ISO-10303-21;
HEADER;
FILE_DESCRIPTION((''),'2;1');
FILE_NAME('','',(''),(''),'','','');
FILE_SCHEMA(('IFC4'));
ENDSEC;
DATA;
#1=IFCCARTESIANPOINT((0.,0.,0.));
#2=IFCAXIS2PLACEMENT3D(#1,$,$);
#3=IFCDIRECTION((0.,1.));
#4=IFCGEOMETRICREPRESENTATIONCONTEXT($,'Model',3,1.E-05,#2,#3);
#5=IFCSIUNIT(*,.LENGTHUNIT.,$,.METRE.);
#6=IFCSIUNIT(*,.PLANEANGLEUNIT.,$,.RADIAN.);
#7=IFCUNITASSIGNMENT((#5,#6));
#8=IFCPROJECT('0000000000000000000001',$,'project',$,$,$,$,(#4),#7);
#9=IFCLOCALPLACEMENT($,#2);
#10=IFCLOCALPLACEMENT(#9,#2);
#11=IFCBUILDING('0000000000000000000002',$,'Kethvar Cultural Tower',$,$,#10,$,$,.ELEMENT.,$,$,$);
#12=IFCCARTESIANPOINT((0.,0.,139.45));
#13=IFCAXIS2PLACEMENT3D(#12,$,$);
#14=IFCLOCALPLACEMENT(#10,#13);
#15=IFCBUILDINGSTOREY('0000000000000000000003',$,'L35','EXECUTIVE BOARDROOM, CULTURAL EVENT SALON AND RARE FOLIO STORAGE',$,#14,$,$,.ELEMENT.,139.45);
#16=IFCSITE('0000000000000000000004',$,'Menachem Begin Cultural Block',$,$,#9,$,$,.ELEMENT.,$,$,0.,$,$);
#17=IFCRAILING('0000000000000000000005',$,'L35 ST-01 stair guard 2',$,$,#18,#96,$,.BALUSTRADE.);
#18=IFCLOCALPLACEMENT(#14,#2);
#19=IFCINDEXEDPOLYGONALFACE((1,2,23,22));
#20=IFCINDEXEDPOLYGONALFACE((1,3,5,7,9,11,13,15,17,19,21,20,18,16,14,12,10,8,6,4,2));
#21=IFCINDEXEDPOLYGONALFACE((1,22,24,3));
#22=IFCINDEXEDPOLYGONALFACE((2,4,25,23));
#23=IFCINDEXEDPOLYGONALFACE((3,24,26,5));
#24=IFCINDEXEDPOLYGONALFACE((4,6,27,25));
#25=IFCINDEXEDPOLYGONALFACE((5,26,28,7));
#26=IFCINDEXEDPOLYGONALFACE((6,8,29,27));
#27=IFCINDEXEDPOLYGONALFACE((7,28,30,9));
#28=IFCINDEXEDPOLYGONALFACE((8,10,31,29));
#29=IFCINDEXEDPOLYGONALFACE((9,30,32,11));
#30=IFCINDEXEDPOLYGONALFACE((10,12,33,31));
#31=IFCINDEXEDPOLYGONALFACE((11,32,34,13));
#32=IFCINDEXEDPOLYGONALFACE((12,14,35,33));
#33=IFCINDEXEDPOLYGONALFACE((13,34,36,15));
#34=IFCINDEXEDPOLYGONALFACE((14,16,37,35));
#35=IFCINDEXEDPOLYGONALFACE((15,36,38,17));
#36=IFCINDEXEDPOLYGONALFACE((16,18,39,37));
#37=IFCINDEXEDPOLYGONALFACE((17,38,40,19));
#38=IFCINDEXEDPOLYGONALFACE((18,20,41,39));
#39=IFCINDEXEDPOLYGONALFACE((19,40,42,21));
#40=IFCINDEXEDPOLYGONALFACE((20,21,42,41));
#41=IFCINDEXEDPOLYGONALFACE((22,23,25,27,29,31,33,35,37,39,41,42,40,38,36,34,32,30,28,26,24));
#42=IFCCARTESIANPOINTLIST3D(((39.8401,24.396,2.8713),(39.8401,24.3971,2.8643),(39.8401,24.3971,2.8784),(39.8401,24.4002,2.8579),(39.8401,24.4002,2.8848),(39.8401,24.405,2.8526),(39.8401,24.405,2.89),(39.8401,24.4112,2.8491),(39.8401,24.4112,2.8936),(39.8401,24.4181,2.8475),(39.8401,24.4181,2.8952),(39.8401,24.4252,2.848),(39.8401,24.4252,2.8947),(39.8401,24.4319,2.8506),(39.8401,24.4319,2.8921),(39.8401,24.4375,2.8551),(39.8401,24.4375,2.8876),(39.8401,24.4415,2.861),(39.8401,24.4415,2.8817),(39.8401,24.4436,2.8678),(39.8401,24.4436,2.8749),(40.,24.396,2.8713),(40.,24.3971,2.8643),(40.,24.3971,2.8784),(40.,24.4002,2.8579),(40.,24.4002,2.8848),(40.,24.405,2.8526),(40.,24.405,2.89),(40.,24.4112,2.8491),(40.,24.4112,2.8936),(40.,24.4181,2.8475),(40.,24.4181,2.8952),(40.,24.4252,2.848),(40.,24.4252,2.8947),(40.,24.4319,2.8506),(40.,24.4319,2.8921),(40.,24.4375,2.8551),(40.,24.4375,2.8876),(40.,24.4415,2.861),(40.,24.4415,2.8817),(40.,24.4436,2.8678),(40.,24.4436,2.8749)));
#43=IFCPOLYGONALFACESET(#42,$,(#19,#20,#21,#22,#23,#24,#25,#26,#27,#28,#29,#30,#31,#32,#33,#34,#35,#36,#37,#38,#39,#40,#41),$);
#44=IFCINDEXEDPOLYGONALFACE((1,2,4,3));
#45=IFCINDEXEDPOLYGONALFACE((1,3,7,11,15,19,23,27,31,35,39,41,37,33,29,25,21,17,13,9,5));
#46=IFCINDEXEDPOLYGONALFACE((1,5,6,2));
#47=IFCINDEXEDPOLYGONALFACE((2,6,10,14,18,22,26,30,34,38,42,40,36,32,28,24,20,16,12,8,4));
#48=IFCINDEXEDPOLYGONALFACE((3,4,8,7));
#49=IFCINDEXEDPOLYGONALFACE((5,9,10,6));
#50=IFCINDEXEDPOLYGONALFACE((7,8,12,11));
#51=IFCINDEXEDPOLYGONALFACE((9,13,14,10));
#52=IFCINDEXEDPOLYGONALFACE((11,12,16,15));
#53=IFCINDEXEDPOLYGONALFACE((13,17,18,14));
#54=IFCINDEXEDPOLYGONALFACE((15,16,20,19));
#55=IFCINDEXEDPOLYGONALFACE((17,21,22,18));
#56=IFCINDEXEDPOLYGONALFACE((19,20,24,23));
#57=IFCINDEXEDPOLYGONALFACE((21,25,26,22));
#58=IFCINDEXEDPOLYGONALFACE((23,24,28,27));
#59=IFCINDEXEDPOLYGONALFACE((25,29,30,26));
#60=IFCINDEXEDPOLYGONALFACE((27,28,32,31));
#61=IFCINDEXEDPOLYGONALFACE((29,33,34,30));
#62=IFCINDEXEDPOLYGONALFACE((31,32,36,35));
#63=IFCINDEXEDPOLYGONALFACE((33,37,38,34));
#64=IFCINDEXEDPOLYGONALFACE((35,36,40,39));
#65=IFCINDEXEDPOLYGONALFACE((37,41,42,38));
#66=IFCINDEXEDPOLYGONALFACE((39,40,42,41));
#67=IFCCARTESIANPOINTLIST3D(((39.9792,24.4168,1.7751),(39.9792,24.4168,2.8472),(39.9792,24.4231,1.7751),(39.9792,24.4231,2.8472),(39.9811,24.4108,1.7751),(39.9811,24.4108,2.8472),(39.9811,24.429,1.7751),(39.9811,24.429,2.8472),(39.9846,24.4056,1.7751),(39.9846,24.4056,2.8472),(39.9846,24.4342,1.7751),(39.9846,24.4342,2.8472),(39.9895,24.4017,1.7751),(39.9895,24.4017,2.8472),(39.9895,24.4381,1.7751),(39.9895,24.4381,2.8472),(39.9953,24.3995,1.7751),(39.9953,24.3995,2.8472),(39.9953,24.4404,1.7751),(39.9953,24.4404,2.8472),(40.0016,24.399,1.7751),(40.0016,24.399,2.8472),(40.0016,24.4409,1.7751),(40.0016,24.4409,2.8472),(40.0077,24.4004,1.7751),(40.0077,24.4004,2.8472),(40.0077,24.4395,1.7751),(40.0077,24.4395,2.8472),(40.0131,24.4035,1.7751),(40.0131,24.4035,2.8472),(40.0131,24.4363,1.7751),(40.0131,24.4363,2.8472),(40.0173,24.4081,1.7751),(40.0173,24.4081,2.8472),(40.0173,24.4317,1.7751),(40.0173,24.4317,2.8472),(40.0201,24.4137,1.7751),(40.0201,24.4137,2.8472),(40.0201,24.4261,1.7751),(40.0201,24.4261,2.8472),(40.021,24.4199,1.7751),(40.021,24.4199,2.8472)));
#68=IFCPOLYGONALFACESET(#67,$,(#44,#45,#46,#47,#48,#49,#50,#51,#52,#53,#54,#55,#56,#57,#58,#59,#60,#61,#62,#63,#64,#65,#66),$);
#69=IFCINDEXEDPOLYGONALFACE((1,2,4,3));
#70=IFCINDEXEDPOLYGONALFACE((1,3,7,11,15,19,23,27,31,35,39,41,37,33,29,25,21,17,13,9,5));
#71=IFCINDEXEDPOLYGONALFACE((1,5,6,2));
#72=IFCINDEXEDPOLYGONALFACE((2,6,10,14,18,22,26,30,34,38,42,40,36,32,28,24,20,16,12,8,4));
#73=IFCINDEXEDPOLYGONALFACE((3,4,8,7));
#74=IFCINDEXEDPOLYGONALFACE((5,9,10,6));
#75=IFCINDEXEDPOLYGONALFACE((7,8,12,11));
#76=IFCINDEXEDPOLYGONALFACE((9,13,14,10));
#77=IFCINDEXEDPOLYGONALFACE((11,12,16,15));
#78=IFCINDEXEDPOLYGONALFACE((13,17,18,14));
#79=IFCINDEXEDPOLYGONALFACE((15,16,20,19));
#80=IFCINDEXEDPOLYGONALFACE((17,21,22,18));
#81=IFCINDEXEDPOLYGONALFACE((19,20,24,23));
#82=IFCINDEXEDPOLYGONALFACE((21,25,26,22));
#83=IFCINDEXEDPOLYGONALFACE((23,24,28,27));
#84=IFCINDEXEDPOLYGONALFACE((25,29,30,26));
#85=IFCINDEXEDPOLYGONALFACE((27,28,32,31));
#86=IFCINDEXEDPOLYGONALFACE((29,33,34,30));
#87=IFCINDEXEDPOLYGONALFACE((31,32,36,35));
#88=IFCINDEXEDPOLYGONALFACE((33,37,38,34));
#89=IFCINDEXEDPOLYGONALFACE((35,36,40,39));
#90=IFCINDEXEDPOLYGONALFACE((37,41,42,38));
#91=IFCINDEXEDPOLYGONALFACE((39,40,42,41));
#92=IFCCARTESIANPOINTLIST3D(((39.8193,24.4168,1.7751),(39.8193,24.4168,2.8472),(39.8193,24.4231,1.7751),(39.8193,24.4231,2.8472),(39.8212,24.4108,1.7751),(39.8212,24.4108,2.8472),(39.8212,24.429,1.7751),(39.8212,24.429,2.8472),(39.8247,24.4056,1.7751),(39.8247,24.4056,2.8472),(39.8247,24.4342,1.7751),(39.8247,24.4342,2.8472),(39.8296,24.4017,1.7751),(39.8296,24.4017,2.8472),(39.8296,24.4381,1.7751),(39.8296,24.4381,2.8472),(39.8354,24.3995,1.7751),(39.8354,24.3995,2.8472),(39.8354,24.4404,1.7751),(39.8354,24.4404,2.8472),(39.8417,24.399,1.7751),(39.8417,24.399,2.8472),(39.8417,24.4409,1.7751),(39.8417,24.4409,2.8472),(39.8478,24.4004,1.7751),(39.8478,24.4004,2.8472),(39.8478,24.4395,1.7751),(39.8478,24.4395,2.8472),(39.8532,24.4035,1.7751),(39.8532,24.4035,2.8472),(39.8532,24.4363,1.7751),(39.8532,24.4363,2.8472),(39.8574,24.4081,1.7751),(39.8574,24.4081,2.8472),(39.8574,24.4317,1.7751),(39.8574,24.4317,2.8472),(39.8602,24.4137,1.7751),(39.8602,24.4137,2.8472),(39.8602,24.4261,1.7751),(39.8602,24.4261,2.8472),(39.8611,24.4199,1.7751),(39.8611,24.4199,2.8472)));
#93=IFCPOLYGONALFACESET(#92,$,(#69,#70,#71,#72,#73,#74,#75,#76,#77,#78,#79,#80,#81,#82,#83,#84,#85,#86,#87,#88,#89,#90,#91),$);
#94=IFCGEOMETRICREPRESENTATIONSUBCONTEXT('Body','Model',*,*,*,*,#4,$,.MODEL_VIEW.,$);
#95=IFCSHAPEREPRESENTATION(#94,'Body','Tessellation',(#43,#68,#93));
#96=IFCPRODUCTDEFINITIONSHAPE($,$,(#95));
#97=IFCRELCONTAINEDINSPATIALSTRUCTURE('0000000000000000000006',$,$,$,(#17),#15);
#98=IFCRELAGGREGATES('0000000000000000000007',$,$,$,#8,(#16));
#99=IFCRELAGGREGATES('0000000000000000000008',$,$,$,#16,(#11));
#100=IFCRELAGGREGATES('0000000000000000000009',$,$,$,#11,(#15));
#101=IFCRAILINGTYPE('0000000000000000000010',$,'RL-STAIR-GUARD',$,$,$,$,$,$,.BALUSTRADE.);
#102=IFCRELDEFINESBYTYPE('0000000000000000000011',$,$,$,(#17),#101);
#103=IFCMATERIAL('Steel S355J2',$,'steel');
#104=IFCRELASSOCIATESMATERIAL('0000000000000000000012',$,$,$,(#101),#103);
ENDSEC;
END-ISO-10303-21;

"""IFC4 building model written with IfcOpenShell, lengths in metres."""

from ifc_helpers import new_model, si_unit, direction, frame, origin, origin_2d, place, context, subcontext, project, spatial, circle, extrude, material, type_object, element, save


model = new_model("IFC4")

# Units and contexts
model_context = context("Model", 3, precision=1e-05, world=origin(), true_north=direction((0.0, 1.0)))
body_context = subcontext(model_context, "Body", "Model", "MODEL_VIEW")
ifc_project = project(units=[si_unit("LENGTHUNIT", "METRE"), si_unit("PLANEANGLEUNIT", "RADIAN")], contexts=[model_context])

# Site, building, storey
site_placement = place(None, origin())
site = spatial("IfcSite", under=ifc_project, at=site_placement, Name="Menachem Begin Cultural Block", CompositionType="ELEMENT", RefElevation=0.0)
building_placement = place(site_placement, origin())
building = spatial("IfcBuilding", under=site, at=building_placement, Name="Kethvar Cultural Tower", CompositionType="ELEMENT")
storey_placement = place(building_placement, frame((0.0, 0.0, 139.45)))
storey = spatial("IfcBuildingStorey", under=building, at=storey_placement, Name="L35", Description="EXECUTIVE BOARDROOM, CULTURAL EVENT SALON AND RARE FOLIO STORAGE", CompositionType="ELEMENT", Elevation=139.45)

# Shared definitions
ifc_material_1 = material(Name="Steel S355J2", Category="steel")

# Railing
railing_type_1 = type_object("IfcRailingType", Name="RL-STAIR-GUARD", PredefinedType="BALUSTRADE", material=ifc_material_1)
railing_1_placement = place(storey_placement, frame((40.0, 24.4199, 1.7751)))
element("IfcRailing", 1, at=railing_1_placement, inside=storey, type_object=railing_type_1, Name="L35 ST-01 stair guard 2", PredefinedType="BALUSTRADE", context=body_context, shape_type="SweptSolid", body=[
    extrude(circle(Radius=0.0239, at=origin_2d()), frame((0.0, 0.0, 1.0962), z_axis=(-1.0, 0.0, 0.0), x_axis=(0.0, -1.0, 0.0)), (0.0, 0.0, 1.0), 0.1599),
    extrude(circle(Radius=0.021, at=origin_2d()), origin(), (0.0, 0.0, 1.0), 1.072),
    extrude(circle(Radius=0.021, at=origin_2d()), frame((-0.1599, 0.0, 0.0)), (0.0, 0.0, 1.0), 1.072),
])

save(model, "model.ifc")
